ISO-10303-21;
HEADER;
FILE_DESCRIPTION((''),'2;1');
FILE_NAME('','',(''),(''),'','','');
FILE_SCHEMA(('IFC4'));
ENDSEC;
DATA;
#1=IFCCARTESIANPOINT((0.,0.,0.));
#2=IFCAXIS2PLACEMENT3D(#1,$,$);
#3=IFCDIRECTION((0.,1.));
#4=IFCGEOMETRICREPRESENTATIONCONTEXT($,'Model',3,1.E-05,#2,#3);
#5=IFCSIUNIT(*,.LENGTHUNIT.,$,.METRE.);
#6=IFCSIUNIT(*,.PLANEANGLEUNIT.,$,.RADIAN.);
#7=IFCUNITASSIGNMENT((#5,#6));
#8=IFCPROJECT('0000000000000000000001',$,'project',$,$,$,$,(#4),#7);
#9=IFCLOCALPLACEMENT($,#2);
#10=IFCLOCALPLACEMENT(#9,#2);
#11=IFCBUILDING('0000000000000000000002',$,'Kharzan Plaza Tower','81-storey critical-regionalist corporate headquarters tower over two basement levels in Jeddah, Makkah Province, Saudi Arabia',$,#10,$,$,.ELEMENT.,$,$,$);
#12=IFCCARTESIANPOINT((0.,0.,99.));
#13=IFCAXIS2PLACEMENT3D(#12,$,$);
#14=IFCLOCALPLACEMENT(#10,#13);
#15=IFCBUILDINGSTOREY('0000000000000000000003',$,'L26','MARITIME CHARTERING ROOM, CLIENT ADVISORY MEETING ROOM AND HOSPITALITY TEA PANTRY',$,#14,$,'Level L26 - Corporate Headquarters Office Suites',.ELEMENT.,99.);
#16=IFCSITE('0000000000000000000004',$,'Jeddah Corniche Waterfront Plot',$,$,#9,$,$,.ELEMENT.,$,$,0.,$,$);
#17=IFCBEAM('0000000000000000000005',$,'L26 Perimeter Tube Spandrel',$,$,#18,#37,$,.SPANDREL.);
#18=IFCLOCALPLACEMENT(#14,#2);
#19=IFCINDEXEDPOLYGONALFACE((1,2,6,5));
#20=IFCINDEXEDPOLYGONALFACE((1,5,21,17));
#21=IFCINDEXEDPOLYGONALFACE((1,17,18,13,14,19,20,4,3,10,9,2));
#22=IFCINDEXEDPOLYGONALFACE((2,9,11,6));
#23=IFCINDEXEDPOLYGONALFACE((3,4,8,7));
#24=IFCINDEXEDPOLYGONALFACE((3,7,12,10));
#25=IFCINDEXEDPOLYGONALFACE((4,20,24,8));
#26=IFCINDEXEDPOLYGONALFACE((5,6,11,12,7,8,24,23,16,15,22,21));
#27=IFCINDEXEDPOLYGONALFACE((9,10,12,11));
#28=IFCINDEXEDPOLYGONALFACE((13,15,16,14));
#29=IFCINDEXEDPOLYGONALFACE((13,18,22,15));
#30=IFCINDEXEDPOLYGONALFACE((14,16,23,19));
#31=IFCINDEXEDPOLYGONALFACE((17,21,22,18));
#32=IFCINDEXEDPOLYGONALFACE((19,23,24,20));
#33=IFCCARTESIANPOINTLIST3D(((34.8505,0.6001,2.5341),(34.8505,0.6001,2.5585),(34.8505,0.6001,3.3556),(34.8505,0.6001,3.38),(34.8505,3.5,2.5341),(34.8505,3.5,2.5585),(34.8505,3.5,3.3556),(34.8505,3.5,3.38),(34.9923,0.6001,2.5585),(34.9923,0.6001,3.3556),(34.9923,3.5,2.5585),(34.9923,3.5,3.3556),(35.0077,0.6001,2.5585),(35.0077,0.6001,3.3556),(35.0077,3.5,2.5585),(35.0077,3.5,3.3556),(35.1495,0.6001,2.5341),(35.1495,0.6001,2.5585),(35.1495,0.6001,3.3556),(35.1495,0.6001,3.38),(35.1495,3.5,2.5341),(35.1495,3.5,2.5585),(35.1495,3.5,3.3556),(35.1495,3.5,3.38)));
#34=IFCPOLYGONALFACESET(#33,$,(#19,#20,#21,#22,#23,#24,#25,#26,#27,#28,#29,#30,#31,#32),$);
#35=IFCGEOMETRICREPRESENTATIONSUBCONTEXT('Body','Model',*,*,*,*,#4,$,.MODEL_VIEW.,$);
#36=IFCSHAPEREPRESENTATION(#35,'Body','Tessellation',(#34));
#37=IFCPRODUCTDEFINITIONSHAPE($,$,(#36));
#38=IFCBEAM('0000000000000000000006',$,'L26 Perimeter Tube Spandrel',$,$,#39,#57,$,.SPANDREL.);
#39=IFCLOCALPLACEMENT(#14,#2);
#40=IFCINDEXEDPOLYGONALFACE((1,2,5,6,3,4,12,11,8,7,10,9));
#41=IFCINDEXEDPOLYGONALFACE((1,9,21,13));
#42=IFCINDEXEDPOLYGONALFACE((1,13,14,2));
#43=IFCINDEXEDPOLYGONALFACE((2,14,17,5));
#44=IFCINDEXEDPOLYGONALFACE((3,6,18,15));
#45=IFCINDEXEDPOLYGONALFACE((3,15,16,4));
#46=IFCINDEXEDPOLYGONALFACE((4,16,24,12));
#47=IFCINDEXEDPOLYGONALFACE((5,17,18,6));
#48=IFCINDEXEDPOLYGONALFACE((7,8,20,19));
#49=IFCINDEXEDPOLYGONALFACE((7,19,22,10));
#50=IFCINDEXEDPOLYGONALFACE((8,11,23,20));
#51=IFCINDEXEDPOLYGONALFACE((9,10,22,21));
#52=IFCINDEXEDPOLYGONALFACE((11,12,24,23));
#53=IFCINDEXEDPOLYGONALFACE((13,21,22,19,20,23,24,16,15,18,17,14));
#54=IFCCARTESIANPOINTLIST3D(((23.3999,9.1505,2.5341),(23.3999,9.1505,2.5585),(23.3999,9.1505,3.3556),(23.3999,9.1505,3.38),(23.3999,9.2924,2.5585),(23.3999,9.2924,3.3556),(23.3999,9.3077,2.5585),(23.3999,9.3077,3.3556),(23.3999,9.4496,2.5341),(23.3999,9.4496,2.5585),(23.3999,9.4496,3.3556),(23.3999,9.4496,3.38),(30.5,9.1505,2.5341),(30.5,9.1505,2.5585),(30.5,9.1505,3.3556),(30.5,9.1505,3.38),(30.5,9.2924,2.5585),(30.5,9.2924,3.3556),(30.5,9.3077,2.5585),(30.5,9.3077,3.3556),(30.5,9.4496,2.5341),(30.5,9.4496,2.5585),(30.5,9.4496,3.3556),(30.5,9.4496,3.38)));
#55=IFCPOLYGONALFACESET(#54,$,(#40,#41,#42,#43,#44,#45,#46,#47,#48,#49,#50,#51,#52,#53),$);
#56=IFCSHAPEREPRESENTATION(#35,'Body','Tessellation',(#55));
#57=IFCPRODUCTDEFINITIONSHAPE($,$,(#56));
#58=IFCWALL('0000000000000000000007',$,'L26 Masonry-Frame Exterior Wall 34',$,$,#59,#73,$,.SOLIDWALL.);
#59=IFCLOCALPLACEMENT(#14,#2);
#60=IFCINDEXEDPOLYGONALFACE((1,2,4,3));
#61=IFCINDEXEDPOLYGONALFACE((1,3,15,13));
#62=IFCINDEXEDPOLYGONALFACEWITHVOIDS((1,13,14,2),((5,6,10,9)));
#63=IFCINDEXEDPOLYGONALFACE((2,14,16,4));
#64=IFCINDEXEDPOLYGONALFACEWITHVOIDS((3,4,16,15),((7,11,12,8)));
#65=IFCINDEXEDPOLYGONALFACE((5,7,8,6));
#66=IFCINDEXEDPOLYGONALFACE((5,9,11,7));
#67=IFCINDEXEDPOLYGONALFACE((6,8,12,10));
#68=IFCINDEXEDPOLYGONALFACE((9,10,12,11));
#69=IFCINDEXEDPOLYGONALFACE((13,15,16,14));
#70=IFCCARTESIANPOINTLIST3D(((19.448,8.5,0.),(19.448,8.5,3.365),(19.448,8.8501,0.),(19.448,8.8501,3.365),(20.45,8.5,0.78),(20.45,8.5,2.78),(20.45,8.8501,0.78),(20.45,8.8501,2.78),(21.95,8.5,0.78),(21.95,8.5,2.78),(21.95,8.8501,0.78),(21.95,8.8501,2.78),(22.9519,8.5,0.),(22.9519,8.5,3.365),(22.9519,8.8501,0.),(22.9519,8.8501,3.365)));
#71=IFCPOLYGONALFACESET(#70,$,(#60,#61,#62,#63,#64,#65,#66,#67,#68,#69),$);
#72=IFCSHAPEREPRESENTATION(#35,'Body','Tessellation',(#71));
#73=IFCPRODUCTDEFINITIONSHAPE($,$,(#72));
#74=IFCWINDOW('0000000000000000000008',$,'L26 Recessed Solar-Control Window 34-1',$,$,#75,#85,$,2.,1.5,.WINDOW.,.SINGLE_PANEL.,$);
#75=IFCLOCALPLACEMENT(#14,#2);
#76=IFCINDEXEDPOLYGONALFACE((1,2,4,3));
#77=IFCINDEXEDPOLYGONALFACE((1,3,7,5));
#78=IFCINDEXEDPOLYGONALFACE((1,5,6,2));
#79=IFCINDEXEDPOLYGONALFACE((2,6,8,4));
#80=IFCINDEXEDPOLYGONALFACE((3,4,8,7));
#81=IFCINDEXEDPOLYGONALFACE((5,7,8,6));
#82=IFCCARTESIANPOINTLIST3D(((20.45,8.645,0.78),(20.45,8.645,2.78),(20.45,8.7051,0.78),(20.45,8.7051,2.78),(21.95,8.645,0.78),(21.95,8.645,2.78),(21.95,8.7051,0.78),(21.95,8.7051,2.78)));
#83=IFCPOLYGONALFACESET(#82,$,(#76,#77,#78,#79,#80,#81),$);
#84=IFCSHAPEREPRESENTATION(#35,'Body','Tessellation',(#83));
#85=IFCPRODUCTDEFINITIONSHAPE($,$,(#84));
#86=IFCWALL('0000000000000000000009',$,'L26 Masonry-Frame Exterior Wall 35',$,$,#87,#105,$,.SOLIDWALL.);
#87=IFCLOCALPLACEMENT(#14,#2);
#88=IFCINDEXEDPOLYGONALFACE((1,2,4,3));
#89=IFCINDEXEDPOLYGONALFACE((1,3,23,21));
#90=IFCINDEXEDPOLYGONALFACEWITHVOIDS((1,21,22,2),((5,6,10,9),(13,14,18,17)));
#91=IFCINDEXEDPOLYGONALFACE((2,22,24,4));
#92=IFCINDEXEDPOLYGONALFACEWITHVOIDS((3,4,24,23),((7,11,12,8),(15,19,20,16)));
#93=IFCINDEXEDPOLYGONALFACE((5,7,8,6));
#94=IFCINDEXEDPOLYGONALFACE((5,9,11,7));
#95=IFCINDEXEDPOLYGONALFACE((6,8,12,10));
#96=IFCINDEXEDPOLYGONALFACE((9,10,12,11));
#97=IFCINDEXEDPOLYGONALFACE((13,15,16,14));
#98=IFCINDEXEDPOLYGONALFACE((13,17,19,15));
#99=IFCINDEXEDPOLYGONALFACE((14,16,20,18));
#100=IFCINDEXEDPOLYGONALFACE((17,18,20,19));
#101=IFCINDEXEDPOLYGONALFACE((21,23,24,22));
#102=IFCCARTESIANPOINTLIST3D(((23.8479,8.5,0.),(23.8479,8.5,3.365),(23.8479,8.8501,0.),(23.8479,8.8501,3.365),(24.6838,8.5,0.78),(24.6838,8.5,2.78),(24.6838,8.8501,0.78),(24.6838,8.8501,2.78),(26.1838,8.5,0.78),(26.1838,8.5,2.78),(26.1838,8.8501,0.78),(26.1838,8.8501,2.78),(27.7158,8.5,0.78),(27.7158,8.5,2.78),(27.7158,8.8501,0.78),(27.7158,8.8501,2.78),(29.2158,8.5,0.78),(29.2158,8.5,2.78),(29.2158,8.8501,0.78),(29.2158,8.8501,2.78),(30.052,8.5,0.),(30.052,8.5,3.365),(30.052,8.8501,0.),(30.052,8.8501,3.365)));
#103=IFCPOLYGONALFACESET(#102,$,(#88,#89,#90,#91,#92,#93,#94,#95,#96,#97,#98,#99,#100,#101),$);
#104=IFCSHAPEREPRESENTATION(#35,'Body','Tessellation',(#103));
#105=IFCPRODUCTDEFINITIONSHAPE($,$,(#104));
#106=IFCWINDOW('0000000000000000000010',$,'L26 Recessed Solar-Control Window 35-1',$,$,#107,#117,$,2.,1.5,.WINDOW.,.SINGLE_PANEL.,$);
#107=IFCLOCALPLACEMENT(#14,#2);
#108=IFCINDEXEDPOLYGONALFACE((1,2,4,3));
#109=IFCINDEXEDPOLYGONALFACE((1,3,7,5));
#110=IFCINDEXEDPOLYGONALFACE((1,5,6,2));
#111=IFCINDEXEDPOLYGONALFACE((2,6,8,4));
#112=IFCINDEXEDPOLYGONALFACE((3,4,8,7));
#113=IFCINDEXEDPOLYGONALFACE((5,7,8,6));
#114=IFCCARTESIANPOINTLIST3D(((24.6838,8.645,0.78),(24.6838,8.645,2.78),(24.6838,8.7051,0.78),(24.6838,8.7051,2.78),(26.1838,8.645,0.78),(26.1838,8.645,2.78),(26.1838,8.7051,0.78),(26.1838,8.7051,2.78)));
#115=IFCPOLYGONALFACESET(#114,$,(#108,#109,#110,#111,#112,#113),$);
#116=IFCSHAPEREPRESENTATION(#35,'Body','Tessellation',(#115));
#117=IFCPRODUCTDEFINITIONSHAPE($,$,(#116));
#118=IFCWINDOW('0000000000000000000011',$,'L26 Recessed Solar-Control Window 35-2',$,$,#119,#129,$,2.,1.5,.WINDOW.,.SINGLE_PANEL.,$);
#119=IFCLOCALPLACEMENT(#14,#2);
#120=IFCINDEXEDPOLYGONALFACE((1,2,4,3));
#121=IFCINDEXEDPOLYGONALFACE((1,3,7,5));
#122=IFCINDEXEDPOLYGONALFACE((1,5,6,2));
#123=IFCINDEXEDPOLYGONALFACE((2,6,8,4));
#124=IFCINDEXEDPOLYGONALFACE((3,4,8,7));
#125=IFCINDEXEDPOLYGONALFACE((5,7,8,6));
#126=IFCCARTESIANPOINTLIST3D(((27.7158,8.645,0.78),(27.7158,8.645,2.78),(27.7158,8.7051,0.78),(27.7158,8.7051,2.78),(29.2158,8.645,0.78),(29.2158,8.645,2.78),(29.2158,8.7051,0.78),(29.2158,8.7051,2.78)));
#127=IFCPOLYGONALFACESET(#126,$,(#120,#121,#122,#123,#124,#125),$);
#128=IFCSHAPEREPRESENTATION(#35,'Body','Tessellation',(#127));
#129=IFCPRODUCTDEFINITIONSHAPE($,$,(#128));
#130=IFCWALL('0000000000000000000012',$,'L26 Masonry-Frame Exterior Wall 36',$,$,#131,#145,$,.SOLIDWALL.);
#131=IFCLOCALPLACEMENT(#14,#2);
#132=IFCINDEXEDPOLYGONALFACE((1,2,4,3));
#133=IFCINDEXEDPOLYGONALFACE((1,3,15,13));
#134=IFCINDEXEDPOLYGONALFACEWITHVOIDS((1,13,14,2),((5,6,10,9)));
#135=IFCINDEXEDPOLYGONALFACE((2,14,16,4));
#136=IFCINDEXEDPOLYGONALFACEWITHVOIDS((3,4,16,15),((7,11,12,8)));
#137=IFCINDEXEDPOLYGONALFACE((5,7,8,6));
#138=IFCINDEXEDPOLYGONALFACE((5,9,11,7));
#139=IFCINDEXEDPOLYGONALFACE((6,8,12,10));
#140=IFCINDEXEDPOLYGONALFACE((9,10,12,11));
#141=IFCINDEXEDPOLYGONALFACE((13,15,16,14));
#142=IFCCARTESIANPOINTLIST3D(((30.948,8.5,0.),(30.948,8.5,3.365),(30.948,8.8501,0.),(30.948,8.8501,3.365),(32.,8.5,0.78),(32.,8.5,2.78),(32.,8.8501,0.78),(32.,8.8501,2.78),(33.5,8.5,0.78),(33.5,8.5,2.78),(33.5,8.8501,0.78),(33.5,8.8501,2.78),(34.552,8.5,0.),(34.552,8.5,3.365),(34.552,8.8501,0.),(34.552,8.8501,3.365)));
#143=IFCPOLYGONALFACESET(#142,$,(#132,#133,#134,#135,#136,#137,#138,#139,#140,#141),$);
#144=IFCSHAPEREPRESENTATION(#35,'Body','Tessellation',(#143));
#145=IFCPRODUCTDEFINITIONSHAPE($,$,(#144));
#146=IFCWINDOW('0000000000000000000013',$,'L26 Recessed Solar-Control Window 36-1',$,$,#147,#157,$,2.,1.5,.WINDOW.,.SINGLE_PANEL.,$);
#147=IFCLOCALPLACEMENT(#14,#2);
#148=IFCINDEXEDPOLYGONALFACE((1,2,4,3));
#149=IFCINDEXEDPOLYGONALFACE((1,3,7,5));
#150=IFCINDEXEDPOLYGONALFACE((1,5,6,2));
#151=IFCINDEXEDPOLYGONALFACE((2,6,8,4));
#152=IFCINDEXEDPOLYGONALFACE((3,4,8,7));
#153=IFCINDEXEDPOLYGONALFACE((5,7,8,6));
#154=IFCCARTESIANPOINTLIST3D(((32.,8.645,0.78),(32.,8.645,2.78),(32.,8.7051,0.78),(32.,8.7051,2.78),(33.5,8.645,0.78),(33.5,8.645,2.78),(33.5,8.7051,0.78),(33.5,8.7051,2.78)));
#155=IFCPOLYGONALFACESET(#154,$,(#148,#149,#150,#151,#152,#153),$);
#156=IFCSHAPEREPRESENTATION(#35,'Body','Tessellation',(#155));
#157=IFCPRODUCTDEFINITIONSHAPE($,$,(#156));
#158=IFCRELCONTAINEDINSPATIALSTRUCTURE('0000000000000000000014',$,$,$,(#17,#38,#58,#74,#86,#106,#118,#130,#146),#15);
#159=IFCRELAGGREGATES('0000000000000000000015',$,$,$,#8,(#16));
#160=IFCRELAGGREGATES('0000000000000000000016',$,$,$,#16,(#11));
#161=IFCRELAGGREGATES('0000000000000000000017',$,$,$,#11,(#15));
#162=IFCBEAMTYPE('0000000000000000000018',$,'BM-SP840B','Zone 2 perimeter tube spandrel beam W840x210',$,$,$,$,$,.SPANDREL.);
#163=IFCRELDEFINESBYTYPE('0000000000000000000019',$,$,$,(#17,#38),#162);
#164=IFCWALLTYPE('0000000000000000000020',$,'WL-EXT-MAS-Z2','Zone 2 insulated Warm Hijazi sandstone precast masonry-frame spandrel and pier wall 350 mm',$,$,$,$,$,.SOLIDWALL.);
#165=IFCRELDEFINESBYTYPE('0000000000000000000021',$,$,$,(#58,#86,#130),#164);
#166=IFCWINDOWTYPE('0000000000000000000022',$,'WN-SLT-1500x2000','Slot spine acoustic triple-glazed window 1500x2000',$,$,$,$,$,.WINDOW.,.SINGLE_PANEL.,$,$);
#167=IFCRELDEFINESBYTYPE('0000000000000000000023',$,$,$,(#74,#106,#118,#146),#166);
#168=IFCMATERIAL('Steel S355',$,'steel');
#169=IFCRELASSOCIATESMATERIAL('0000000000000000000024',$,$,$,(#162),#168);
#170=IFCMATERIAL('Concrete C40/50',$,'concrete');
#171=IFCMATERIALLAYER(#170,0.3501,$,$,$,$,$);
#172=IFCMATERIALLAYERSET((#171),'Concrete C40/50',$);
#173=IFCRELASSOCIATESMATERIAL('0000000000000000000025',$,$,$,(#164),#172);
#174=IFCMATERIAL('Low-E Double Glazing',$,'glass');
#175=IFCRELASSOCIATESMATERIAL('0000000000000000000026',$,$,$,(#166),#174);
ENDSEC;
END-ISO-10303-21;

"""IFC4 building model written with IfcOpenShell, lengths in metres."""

from ifc_helpers import new_model, si_unit, direction, frame, frame_2d, origin, origin_2d, place, context, subcontext, project, spatial, rectangle, i_section, extrude, source, transform, mapped, material, layer, layer_set, material_profile, profile_set, type_object, element, fill, save


model = new_model("IFC4")

# Units and contexts
model_context = context("Model", 3, precision=1e-05, world=origin(), true_north=direction((0.0, 1.0)))
body_context = subcontext(model_context, "Body", "Model", "MODEL_VIEW")
ifc_project = project(units=[si_unit("LENGTHUNIT", "METRE"), si_unit("PLANEANGLEUNIT", "RADIAN")], contexts=[model_context])

# Site, building, storey
site_placement = place(None, origin())
site = spatial("IfcSite", under=ifc_project, at=site_placement, Name="Jeddah Corniche Waterfront Plot", CompositionType="ELEMENT", RefElevation=0.0)
building_placement = place(site_placement, origin())
building = spatial("IfcBuilding", under=site, at=building_placement, Name="Kharzan Plaza Tower", Description="81-storey critical-regionalist corporate headquarters tower over two basement levels in Jeddah, Makkah Province, Saudi Arabia", CompositionType="ELEMENT")
storey_placement = place(building_placement, frame((0.0, 0.0, 99.0)))
storey = spatial("IfcBuildingStorey", under=building, at=storey_placement, Name="L26", Description="MARITIME CHARTERING ROOM, CLIENT ADVISORY MEETING ROOM AND HOSPITALITY TEA PANTRY", LongName="Level L26 - Corporate Headquarters Office Suites", CompositionType="ELEMENT", Elevation=99.0)

# Beams
ifc_material_1 = material(Name="Steel S355", Category="steel")
ifc_material_profile_1 = material_profile(ifc_material_1, i_section(OverallWidth=0.2991, OverallDepth=0.8459, WebThickness=0.0154, FlangeThickness=0.0244, at=origin_2d()), Name="W840x210")
ifc_profile_set_1 = profile_set([ifc_material_profile_1], Name="Steel S355")
beam_type_1 = type_object("IfcBeamType", Name="BM-SP840B", Description="Zone 2 perimeter tube spandrel beam W840x210", PredefinedType="SPANDREL", material=ifc_profile_set_1)
shared_shape_1 = source(origin(), body_context, "Body", "SweptSolid", [
    extrude(i_section(OverallWidth=0.2991, OverallDepth=0.8459, WebThickness=0.0154, FlangeThickness=0.0244, at=origin_2d()), origin(), (0.0, 0.0, 1.0), 2.8999),
])
beam_1_placement = place(storey_placement, frame((35.0, 0.6001, 2.957), z_axis=(0.0, 1.0, 0.0), x_axis=(-1.0, 0.0, 0.0)))
element("IfcBeam", 1, at=beam_1_placement, inside=storey, type_object=beam_type_1, Name="L26 Perimeter Tube Spandrel", PredefinedType="SPANDREL", context=body_context, shape_type="MappedRepresentation", body=[
    mapped(shared_shape_1, transform((0.0, 0.0, 0.0), x_axis=(1.0, 0.0, 0.0), y_axis=(0.0, 1.0, 0.0), z_axis=(0.0, 0.0, 1.0))),
])
shared_shape_2 = source(origin(), body_context, "Body", "SweptSolid", [
    extrude(i_section(OverallWidth=0.2991, OverallDepth=0.8459, WebThickness=0.0154, FlangeThickness=0.0244, at=origin_2d()), origin(), (0.0, 0.0, 1.0), 7.1001),
])
beam_2_placement = place(storey_placement, frame((23.3999, 9.3, 2.957), z_axis=(1.0, 0.0, 0.0), x_axis=(0.0, 1.0, 0.0)))
element("IfcBeam", 2, at=beam_2_placement, inside=storey, type_object=beam_type_1, Name="L26 Perimeter Tube Spandrel", PredefinedType="SPANDREL", context=body_context, shape_type="MappedRepresentation", body=[
    mapped(shared_shape_2, transform((0.0, 0.0, 0.0), x_axis=(1.0, 0.0, 0.0), y_axis=(0.0, 1.0, 0.0), z_axis=(0.0, 0.0, 1.0))),
])

# Wall, opening, window
ifc_material_2 = material(Name="Concrete C40/50", Category="concrete")
ifc_layer_1 = layer(ifc_material_2, 0.3501)
ifc_layer_set_1 = layer_set([ifc_layer_1], Name="Concrete C40/50")
wall_type_1 = type_object("IfcWallType", Name="WL-EXT-MAS-Z2", Description="Zone 2 insulated Warm Hijazi sandstone precast masonry-frame spandrel and pier wall 350 mm", PredefinedType="SOLIDWALL", material=ifc_layer_set_1)
wall_1_placement = place(storey_placement, frame((19.448, 8.675, 0.0), z_axis=(0.0, 0.0, 1.0), x_axis=(1.0, 0.0, 0.0)))
wall_1 = element("IfcWall", 3, at=wall_1_placement, inside=storey, type_object=wall_type_1, Name="L26 Masonry-Frame Exterior Wall 34", PredefinedType="SOLIDWALL", context=body_context, shape_type="SweptSolid", body=[
    extrude(rectangle(XDim=3.5039, YDim=0.3501, at=frame_2d((1.752, 0.0))), origin(), (0.0, 0.0, 1.0), 3.365),
])
opening_1_placement = place(wall_1_placement, frame((1.002, 0.0, 0.78)))
opening_1 = element("IfcOpeningElement", 4, at=opening_1_placement, cuts=wall_1, PredefinedType="OPENING", context=body_context, shape_type="SweptSolid", body=[
    extrude(rectangle(XDim=1.5, YDim=2.0, at=frame_2d((0.75, 1.0))), frame((0.0, 0.1851, 0.0), z_axis=(0.0, -1.0, 0.0), x_axis=(1.0, 0.0, 0.0)), (0.0, 0.0, 1.0), 0.3701),
])
ifc_material_3 = material(Name="Low-E Double Glazing", Category="glass")
window_type = type_object("IfcWindowType", Name="WN-SLT-1500x2000", Description="Slot spine acoustic triple-glazed window 1500x2000", PartitioningType="SINGLE_PANEL", PredefinedType="WINDOW", material=ifc_material_3)
shared_shape_3 = source(origin(), body_context, "Body", "SweptSolid", [
    extrude(rectangle(XDim=1.5, YDim=2.0, at=frame_2d((0.75, 1.0))), frame((0.0, 0.03, 0.0), z_axis=(0.0, -1.0, 0.0), x_axis=(1.0, 0.0, 0.0)), (0.0, 0.0, 1.0), 0.0601),
])
window_1_placement = place(opening_1_placement, origin())
window_1 = element("IfcWindow", 5, at=window_1_placement, inside=storey, type_object=window_type, Name="L26 Recessed Solar-Control Window 34-1", OverallHeight=2.0, OverallWidth=1.5, PartitioningType="SINGLE_PANEL", PredefinedType="WINDOW", context=body_context, shape_type="MappedRepresentation", body=[
    mapped(shared_shape_3, transform((0.0, 0.0, 0.0), x_axis=(1.0, 0.0, 0.0), y_axis=(0.0, 1.0, 0.0), z_axis=(0.0, 0.0, 1.0))),
])
fill(opening_1, window_1)

# Wall, openings, windows
wall_2_placement = place(storey_placement, frame((23.8479, 8.675, 0.0), z_axis=(0.0, 0.0, 1.0), x_axis=(1.0, 0.0, 0.0)))
wall_2 = element("IfcWall", 6, at=wall_2_placement, inside=storey, type_object=wall_type_1, Name="L26 Masonry-Frame Exterior Wall 35", PredefinedType="SOLIDWALL", context=body_context, shape_type="SweptSolid", body=[
    extrude(rectangle(XDim=6.2041, YDim=0.3501, at=frame_2d((3.1021, 0.0))), origin(), (0.0, 0.0, 1.0), 3.365),
])
opening_2_placement = place(wall_2_placement, frame((0.8359, 0.0, 0.78)))
opening_2 = element("IfcOpeningElement", 7, at=opening_2_placement, cuts=wall_2, PredefinedType="OPENING", context=body_context, shape_type="SweptSolid", body=[
    extrude(rectangle(XDim=1.5, YDim=2.0, at=frame_2d((0.75, 1.0))), frame((0.0, 0.1851, 0.0), z_axis=(0.0, -1.0, 0.0), x_axis=(1.0, 0.0, 0.0)), (0.0, 0.0, 1.0), 0.3701),
])
opening_3_placement = place(wall_2_placement, frame((3.8679, 0.0, 0.78)))
opening_3 = element("IfcOpeningElement", 8, at=opening_3_placement, cuts=wall_2, PredefinedType="OPENING", context=body_context, shape_type="SweptSolid", body=[
    extrude(rectangle(XDim=1.5, YDim=2.0, at=frame_2d((0.75, 1.0))), frame((0.0, 0.1851, 0.0), z_axis=(0.0, -1.0, 0.0), x_axis=(1.0, 0.0, 0.0)), (0.0, 0.0, 1.0), 0.3701),
])
window_2_placement = place(opening_2_placement, origin())
window_2 = element("IfcWindow", 9, at=window_2_placement, inside=storey, type_object=window_type, Name="L26 Recessed Solar-Control Window 35-1", OverallHeight=2.0, OverallWidth=1.5, PartitioningType="SINGLE_PANEL", PredefinedType="WINDOW", context=body_context, shape_type="MappedRepresentation", body=[
    mapped(shared_shape_3, transform((0.0, 0.0, 0.0), x_axis=(1.0, 0.0, 0.0), y_axis=(0.0, 1.0, 0.0), z_axis=(0.0, 0.0, 1.0))),
])
fill(opening_2, window_2)
window_3_placement = place(opening_3_placement, origin())
window_3 = element("IfcWindow", 10, at=window_3_placement, inside=storey, type_object=window_type, Name="L26 Recessed Solar-Control Window 35-2", OverallHeight=2.0, OverallWidth=1.5, PartitioningType="SINGLE_PANEL", PredefinedType="WINDOW", context=body_context, shape_type="MappedRepresentation", body=[
    mapped(shared_shape_3, transform((0.0, 0.0, 0.0), x_axis=(1.0, 0.0, 0.0), y_axis=(0.0, 1.0, 0.0), z_axis=(0.0, 0.0, 1.0))),
])
fill(opening_3, window_3)

# Wall, opening, window
wall_3_placement = place(storey_placement, frame((30.948, 8.675, 0.0), z_axis=(0.0, 0.0, 1.0), x_axis=(1.0, 0.0, 0.0)))
wall_3 = element("IfcWall", 11, at=wall_3_placement, inside=storey, type_object=wall_type_1, Name="L26 Masonry-Frame Exterior Wall 36", PredefinedType="SOLIDWALL", context=body_context, shape_type="SweptSolid", body=[
    extrude(rectangle(XDim=3.604, YDim=0.3501, at=frame_2d((1.802, 0.0))), origin(), (0.0, 0.0, 1.0), 3.365),
])
opening_4_placement = place(wall_3_placement, frame((1.052, 0.0, 0.78)))
opening_4 = element("IfcOpeningElement", 12, at=opening_4_placement, cuts=wall_3, PredefinedType="OPENING", context=body_context, shape_type="SweptSolid", body=[
    extrude(rectangle(XDim=1.5, YDim=2.0, at=frame_2d((0.75, 1.0))), frame((0.0, 0.1851, 0.0), z_axis=(0.0, -1.0, 0.0), x_axis=(1.0, 0.0, 0.0)), (0.0, 0.0, 1.0), 0.3701),
])
window_4_placement = place(opening_4_placement, origin())
window_4 = element("IfcWindow", 13, at=window_4_placement, inside=storey, type_object=window_type, Name="L26 Recessed Solar-Control Window 36-1", OverallHeight=2.0, OverallWidth=1.5, PartitioningType="SINGLE_PANEL", PredefinedType="WINDOW", context=body_context, shape_type="MappedRepresentation", body=[
    mapped(shared_shape_3, transform((0.0, 0.0, 0.0), x_axis=(1.0, 0.0, 0.0), y_axis=(0.0, 1.0, 0.0), z_axis=(0.0, 0.0, 1.0))),
])
fill(opening_4, window_4)

save(model, "model.ifc")
